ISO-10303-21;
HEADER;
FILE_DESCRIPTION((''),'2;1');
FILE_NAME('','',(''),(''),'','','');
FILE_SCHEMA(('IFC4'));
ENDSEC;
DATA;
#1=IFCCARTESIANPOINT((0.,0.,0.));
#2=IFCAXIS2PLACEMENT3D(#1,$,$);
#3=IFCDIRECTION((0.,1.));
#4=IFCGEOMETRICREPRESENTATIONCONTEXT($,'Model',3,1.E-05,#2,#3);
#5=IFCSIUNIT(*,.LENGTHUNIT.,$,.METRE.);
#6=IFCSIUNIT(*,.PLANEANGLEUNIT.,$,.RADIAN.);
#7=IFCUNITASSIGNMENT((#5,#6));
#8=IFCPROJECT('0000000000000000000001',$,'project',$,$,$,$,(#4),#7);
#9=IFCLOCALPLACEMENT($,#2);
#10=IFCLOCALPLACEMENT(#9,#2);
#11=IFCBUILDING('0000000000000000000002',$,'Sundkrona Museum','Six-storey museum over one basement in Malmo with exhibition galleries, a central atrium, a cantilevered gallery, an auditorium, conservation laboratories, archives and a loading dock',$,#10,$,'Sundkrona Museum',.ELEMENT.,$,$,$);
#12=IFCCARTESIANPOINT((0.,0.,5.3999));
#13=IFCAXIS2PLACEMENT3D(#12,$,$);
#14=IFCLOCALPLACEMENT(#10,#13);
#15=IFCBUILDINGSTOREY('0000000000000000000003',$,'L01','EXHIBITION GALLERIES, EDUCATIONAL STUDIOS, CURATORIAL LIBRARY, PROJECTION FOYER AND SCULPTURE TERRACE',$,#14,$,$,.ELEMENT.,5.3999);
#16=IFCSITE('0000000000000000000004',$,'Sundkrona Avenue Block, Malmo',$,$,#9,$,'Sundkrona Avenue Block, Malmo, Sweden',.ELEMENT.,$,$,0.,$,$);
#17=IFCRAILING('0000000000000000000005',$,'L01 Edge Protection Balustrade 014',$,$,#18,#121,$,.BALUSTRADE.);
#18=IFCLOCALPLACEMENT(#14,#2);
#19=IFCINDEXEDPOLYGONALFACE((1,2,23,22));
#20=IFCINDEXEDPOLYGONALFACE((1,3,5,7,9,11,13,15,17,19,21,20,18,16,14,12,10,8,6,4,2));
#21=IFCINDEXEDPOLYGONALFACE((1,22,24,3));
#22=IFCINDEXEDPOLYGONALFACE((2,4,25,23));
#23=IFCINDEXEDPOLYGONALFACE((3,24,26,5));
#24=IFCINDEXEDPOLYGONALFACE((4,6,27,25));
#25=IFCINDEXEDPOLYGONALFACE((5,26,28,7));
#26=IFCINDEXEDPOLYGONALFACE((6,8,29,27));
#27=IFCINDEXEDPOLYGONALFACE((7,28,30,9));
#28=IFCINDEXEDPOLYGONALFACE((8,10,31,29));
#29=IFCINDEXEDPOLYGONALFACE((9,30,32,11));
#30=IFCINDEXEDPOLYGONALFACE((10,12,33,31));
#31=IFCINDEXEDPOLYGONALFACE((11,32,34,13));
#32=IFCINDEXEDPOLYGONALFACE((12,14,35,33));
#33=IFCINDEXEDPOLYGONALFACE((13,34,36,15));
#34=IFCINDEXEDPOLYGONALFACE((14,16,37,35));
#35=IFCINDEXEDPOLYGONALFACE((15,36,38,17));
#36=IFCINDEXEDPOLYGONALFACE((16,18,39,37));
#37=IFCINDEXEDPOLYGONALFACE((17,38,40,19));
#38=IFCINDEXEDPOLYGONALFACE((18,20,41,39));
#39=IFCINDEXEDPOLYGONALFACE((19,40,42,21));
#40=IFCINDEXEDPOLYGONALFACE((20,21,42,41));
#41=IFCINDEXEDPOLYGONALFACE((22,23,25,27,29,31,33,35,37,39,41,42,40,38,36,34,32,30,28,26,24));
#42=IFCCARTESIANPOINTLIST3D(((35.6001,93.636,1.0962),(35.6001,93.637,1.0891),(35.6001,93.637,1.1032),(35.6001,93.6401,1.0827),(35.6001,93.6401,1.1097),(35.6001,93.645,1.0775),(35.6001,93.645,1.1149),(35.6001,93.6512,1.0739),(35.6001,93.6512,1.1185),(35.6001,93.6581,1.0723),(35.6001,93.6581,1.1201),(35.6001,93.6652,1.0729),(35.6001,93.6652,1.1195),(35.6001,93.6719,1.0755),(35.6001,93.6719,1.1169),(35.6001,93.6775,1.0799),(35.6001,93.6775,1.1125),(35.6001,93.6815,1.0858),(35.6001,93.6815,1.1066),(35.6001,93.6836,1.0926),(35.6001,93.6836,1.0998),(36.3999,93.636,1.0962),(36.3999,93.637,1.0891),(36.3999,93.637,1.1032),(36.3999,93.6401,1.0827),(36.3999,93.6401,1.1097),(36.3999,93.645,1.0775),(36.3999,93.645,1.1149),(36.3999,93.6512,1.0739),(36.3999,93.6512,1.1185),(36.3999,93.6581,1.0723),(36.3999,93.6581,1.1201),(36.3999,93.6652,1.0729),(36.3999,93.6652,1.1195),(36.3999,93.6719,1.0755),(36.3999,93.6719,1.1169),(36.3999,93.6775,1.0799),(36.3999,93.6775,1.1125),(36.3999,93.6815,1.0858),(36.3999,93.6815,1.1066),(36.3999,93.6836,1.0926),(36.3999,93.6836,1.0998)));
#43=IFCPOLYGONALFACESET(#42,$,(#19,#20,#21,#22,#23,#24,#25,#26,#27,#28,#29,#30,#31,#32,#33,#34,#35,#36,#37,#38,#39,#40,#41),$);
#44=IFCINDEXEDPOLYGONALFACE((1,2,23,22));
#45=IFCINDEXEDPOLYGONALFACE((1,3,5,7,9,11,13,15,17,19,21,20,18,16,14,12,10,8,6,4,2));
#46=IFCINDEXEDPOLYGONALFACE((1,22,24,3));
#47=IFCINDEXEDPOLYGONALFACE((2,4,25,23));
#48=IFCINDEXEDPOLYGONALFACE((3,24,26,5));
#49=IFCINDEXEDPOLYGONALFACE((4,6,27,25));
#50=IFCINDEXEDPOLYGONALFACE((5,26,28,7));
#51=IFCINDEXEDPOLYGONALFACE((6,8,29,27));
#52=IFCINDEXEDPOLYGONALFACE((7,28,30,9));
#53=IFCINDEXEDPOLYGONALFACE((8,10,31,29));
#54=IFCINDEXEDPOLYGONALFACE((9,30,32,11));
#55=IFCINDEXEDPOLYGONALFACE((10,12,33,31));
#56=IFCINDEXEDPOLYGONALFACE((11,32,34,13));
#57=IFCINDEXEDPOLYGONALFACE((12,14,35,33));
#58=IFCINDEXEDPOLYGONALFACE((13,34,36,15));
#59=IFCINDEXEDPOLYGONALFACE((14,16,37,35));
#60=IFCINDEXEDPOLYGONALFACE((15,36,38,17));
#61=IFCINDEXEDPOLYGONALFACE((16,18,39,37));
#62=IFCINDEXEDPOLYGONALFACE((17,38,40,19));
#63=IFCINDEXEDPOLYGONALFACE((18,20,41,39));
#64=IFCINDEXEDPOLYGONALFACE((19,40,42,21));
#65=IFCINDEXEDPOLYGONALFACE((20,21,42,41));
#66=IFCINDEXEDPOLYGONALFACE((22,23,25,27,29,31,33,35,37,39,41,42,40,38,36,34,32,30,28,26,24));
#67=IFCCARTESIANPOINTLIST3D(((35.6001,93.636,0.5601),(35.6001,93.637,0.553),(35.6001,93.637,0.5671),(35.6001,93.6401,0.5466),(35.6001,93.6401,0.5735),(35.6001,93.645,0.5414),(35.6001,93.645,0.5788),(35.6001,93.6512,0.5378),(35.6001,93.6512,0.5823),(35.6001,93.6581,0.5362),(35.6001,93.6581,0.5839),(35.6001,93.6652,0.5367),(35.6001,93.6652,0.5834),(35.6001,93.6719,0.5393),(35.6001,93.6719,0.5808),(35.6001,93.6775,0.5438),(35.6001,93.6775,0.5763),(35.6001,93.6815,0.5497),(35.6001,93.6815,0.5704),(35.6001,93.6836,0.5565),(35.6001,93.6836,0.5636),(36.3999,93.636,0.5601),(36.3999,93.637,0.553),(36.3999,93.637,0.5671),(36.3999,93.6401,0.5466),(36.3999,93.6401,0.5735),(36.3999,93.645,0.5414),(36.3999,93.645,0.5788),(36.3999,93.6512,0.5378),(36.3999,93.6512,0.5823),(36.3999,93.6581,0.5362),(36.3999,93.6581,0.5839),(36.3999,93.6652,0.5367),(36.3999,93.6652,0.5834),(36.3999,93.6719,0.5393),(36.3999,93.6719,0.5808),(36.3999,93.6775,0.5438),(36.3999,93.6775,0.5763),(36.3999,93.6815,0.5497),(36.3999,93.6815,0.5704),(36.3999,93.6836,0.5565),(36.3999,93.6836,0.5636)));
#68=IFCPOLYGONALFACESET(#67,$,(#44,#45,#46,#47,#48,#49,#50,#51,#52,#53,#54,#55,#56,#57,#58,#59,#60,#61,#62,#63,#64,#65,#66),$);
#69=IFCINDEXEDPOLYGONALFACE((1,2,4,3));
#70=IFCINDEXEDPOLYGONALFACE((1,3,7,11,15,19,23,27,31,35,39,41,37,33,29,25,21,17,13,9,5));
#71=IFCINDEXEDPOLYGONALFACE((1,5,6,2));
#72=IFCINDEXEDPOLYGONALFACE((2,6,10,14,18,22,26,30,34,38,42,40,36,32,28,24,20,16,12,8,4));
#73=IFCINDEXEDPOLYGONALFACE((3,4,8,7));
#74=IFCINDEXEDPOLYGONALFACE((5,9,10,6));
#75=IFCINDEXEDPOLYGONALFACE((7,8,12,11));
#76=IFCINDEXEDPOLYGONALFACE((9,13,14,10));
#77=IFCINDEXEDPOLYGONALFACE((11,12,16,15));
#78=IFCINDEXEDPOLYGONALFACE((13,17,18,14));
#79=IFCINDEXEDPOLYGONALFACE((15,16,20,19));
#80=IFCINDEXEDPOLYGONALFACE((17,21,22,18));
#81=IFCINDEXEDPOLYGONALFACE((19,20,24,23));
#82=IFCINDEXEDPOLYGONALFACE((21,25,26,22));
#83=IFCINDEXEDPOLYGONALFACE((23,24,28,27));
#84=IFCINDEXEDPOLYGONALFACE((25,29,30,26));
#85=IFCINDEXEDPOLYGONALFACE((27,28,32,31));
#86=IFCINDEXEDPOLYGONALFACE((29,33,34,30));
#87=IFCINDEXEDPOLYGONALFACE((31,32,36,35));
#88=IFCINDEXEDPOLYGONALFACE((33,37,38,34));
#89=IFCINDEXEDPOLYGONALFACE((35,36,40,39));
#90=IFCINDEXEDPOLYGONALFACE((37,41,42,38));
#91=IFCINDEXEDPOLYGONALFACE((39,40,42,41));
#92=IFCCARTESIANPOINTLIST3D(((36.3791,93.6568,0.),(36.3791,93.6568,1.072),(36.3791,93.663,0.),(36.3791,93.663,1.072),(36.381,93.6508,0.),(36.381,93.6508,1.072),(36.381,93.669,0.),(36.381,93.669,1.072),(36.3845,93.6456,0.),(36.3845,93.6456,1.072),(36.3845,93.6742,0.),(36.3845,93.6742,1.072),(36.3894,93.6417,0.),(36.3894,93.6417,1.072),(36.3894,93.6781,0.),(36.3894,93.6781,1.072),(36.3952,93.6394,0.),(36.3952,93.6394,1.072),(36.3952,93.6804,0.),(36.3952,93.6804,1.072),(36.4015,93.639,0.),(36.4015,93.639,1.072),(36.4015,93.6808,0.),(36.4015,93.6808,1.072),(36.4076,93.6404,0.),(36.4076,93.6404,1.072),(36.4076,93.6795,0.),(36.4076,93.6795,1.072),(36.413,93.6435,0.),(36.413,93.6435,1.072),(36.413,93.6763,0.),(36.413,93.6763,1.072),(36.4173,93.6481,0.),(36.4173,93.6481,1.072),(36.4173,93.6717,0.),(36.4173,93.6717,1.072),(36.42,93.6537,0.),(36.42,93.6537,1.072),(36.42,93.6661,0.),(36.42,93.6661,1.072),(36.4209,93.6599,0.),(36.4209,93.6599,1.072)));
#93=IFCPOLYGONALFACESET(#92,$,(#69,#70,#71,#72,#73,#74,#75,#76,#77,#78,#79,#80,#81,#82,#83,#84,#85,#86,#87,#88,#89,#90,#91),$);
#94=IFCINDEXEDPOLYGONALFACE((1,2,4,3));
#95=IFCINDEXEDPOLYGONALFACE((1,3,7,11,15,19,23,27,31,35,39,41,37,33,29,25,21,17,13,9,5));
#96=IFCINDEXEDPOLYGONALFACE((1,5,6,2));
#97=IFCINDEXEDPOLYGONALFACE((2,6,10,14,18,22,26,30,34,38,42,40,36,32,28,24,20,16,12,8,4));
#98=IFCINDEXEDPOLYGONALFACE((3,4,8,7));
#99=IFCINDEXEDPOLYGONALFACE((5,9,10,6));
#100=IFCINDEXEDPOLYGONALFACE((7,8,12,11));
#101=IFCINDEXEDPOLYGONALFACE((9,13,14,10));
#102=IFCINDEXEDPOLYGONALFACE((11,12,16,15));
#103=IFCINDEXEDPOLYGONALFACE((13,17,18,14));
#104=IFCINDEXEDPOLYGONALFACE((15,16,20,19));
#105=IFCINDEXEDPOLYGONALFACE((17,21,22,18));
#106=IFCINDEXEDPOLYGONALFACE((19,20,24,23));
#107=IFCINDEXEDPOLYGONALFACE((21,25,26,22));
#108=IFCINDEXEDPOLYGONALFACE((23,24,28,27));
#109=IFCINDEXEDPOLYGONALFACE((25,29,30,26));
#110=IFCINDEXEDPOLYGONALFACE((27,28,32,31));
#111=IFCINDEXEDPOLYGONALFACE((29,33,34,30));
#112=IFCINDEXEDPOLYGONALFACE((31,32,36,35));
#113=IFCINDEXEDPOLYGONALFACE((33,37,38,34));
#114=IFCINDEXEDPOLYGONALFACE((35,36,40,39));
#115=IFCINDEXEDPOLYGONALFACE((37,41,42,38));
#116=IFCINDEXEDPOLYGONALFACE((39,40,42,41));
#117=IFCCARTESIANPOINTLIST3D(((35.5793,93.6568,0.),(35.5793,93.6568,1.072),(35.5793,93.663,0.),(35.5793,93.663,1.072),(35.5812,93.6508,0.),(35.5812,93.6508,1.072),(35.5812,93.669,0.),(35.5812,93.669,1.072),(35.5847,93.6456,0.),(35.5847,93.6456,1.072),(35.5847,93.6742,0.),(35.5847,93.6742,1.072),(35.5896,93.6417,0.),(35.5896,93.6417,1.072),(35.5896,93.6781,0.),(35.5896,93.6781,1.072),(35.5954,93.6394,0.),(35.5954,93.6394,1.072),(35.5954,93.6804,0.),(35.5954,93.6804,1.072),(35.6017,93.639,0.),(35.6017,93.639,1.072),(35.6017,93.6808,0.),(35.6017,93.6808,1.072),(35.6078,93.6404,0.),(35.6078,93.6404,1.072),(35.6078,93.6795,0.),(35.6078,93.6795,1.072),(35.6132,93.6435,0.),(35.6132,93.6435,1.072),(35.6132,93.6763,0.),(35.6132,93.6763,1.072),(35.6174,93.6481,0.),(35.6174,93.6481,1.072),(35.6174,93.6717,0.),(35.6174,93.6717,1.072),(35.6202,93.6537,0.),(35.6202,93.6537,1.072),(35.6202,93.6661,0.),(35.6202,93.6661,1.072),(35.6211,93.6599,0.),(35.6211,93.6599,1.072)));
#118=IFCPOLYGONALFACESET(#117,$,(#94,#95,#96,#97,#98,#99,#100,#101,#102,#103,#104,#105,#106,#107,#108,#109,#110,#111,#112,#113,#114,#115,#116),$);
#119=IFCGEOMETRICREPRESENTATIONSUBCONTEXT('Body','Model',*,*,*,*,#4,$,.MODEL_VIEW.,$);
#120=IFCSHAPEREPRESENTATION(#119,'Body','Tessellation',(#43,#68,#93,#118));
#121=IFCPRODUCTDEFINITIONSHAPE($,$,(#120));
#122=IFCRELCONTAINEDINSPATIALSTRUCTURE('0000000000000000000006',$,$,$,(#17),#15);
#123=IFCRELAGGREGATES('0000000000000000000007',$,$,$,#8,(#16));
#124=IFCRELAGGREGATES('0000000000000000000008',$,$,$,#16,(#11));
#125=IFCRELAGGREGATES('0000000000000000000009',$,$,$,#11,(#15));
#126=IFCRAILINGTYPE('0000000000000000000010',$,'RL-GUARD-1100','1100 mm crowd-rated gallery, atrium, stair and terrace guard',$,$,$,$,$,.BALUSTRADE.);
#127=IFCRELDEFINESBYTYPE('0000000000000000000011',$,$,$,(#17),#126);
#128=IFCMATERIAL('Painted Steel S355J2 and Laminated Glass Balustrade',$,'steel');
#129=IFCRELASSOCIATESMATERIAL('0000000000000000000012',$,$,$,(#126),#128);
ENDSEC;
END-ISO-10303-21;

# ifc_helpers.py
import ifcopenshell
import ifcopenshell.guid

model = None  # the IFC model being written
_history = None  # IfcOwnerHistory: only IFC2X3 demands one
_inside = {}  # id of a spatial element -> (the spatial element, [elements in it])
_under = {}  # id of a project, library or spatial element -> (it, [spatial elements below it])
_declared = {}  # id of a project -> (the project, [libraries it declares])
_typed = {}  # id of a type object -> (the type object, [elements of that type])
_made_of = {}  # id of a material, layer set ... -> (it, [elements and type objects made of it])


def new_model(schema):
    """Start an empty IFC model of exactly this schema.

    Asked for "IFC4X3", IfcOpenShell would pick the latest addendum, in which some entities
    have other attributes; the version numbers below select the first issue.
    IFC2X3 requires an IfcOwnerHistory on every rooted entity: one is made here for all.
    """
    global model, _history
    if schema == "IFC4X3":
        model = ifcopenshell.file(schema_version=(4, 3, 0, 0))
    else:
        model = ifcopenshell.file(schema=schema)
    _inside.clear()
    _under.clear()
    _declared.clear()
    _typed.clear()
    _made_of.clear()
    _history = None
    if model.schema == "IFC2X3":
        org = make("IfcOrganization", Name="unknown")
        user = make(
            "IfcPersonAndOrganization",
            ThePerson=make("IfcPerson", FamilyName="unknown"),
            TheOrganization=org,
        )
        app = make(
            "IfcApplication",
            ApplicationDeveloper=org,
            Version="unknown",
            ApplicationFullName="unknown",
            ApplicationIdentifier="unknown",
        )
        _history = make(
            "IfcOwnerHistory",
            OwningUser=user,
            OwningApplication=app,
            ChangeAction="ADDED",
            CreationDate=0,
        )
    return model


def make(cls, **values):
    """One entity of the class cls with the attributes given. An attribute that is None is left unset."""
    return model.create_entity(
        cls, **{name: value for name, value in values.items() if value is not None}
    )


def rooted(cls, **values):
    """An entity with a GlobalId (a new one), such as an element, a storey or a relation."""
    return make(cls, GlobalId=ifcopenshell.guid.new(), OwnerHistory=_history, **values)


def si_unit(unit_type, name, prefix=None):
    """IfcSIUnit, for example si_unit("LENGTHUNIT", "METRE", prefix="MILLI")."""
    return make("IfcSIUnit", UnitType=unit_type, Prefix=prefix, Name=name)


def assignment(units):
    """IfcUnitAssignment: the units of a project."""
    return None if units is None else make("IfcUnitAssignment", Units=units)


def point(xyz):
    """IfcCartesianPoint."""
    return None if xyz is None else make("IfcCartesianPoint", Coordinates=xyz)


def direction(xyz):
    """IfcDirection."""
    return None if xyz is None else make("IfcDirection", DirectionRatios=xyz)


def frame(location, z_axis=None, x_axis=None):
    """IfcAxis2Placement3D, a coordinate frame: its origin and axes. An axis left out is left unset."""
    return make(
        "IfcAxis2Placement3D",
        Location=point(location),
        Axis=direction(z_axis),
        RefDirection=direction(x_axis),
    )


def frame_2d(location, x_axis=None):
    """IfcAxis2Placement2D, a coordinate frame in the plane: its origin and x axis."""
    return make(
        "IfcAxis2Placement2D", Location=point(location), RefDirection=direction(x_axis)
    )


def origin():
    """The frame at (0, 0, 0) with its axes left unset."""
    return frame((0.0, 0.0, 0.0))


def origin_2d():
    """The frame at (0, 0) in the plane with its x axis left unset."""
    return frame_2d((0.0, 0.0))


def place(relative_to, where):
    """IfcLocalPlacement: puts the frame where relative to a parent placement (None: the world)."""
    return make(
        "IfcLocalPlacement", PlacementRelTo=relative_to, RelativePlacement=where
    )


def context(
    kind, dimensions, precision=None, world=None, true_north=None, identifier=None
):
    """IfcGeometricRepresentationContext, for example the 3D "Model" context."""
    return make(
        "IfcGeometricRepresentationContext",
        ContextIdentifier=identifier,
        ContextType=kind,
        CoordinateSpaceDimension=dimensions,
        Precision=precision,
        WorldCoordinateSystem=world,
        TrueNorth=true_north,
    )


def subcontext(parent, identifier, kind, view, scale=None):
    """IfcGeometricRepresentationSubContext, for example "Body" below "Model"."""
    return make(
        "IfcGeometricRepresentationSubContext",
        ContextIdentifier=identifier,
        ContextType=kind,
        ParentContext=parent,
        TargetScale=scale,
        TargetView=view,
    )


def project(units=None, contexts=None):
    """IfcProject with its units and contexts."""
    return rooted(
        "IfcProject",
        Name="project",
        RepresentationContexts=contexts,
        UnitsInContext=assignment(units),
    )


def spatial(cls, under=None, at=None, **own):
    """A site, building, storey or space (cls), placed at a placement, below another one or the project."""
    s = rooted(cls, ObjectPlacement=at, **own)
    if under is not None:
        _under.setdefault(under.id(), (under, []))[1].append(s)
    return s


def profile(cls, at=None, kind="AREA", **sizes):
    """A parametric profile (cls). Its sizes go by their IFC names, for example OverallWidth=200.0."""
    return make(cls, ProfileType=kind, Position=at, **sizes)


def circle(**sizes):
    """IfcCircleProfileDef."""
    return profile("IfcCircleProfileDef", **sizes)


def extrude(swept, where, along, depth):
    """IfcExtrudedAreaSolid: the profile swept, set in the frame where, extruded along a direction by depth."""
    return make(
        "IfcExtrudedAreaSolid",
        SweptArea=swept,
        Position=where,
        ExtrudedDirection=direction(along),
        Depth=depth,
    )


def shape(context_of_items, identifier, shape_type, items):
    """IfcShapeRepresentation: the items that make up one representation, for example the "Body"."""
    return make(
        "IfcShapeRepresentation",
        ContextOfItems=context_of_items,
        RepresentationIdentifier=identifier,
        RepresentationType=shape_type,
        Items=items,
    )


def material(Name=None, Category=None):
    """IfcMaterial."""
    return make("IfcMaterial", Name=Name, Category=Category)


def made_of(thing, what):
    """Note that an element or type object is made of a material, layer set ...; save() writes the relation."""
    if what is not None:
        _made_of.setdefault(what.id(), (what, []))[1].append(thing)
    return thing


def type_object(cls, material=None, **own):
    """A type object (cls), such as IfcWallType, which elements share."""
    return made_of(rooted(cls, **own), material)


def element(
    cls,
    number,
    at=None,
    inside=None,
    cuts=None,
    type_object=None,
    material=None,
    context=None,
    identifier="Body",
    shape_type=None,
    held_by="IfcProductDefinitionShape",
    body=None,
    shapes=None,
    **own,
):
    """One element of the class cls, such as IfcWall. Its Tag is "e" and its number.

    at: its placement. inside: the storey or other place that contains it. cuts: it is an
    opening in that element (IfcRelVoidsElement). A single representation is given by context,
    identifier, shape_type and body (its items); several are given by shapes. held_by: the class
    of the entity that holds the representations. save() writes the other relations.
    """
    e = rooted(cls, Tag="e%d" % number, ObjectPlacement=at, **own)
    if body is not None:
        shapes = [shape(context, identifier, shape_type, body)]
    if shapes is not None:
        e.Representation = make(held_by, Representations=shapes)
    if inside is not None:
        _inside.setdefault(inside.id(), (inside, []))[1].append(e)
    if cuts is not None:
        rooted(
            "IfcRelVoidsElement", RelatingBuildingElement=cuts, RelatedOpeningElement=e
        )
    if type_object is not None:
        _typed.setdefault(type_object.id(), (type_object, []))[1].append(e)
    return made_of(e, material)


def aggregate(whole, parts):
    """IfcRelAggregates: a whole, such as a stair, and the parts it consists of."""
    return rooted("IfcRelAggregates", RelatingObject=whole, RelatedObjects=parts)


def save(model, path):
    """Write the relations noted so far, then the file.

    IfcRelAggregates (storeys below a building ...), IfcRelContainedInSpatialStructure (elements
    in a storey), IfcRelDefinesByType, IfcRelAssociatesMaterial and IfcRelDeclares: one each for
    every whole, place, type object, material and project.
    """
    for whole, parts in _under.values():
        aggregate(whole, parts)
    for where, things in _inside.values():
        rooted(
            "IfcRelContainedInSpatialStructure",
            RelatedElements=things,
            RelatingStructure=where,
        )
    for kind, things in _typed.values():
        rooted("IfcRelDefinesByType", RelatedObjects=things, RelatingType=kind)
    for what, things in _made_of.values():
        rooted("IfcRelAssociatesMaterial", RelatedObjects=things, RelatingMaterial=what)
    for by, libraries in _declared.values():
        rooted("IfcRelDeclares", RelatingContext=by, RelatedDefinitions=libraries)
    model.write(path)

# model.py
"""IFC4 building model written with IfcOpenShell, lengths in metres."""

from ifc_helpers import new_model, si_unit, direction, frame, origin, origin_2d, place, context, subcontext, project, spatial, circle, extrude, material, type_object, element, save


model = new_model("IFC4")

# Units and contexts
model_context = context("Model", 3, precision=1e-05, world=origin(), true_north=direction((0.0, 1.0)))
body_context = subcontext(model_context, "Body", "Model", "MODEL_VIEW")
ifc_project = project(units=[si_unit("LENGTHUNIT", "METRE"), si_unit("PLANEANGLEUNIT", "RADIAN")], contexts=[model_context])

# Site, building, storey
site_placement = place(None, origin())
site = spatial("IfcSite", under=ifc_project, at=site_placement, Name="Sundkrona Avenue Block, Malmo", LongName="Sundkrona Avenue Block, Malmo, Sweden", CompositionType="ELEMENT", RefElevation=0.0)
building_placement = place(site_placement, origin())
building = spatial("IfcBuilding", under=site, at=building_placement, Name="Sundkrona Museum", Description="Six-storey museum over one basement in Malmo with exhibition galleries, a central atrium, a cantilevered gallery, an auditorium, conservation laboratories, archives and a loading dock", LongName="Sundkrona Museum", CompositionType="ELEMENT")
storey_placement = place(building_placement, frame((0.0, 0.0, 5.3999)))
storey = spatial("IfcBuildingStorey", under=building, at=storey_placement, Name="L01", Description="EXHIBITION GALLERIES, EDUCATIONAL STUDIOS, CURATORIAL LIBRARY, PROJECTION FOYER AND SCULPTURE TERRACE", CompositionType="ELEMENT", Elevation=5.3999)

# Railing
ifc_material_1 = material(Name="Painted Steel S355J2 and Laminated Glass Balustrade", Category="steel")
railing_type = type_object("IfcRailingType", Name="RL-GUARD-1100", Description="1100 mm crowd-rated gallery, atrium, stair and terrace guard", PredefinedType="BALUSTRADE", material=ifc_material_1)
railing_1_placement = place(storey_placement, frame((36.3999, 93.6599, 0.0)))
element("IfcRailing", 1, at=railing_1_placement, inside=storey, type_object=railing_type, Name="L01 Edge Protection Balustrade 014", PredefinedType="BALUSTRADE", context=body_context, shape_type="SweptSolid", body=[
    extrude(circle(Radius=0.0239, at=origin_2d()), frame((0.0, 0.0, 1.0962), z_axis=(-1.0, 0.0, 0.0), x_axis=(0.0, -1.0, 0.0)), (0.0, 0.0, 1.0), 0.7998),
    extrude(circle(Radius=0.0239, at=origin_2d()), frame((0.0, 0.0, 0.5601), z_axis=(-1.0, 0.0, 0.0), x_axis=(0.0, -1.0, 0.0)), (0.0, 0.0, 1.0), 0.7998),
    extrude(circle(Radius=0.021, at=origin_2d()), origin(), (0.0, 0.0, 1.0), 1.072),
    extrude(circle(Radius=0.021, at=origin_2d()), frame((-0.7998, 0.0, 0.0)), (0.0, 0.0, 1.0), 1.072),
])

save(model, "model.ifc")
